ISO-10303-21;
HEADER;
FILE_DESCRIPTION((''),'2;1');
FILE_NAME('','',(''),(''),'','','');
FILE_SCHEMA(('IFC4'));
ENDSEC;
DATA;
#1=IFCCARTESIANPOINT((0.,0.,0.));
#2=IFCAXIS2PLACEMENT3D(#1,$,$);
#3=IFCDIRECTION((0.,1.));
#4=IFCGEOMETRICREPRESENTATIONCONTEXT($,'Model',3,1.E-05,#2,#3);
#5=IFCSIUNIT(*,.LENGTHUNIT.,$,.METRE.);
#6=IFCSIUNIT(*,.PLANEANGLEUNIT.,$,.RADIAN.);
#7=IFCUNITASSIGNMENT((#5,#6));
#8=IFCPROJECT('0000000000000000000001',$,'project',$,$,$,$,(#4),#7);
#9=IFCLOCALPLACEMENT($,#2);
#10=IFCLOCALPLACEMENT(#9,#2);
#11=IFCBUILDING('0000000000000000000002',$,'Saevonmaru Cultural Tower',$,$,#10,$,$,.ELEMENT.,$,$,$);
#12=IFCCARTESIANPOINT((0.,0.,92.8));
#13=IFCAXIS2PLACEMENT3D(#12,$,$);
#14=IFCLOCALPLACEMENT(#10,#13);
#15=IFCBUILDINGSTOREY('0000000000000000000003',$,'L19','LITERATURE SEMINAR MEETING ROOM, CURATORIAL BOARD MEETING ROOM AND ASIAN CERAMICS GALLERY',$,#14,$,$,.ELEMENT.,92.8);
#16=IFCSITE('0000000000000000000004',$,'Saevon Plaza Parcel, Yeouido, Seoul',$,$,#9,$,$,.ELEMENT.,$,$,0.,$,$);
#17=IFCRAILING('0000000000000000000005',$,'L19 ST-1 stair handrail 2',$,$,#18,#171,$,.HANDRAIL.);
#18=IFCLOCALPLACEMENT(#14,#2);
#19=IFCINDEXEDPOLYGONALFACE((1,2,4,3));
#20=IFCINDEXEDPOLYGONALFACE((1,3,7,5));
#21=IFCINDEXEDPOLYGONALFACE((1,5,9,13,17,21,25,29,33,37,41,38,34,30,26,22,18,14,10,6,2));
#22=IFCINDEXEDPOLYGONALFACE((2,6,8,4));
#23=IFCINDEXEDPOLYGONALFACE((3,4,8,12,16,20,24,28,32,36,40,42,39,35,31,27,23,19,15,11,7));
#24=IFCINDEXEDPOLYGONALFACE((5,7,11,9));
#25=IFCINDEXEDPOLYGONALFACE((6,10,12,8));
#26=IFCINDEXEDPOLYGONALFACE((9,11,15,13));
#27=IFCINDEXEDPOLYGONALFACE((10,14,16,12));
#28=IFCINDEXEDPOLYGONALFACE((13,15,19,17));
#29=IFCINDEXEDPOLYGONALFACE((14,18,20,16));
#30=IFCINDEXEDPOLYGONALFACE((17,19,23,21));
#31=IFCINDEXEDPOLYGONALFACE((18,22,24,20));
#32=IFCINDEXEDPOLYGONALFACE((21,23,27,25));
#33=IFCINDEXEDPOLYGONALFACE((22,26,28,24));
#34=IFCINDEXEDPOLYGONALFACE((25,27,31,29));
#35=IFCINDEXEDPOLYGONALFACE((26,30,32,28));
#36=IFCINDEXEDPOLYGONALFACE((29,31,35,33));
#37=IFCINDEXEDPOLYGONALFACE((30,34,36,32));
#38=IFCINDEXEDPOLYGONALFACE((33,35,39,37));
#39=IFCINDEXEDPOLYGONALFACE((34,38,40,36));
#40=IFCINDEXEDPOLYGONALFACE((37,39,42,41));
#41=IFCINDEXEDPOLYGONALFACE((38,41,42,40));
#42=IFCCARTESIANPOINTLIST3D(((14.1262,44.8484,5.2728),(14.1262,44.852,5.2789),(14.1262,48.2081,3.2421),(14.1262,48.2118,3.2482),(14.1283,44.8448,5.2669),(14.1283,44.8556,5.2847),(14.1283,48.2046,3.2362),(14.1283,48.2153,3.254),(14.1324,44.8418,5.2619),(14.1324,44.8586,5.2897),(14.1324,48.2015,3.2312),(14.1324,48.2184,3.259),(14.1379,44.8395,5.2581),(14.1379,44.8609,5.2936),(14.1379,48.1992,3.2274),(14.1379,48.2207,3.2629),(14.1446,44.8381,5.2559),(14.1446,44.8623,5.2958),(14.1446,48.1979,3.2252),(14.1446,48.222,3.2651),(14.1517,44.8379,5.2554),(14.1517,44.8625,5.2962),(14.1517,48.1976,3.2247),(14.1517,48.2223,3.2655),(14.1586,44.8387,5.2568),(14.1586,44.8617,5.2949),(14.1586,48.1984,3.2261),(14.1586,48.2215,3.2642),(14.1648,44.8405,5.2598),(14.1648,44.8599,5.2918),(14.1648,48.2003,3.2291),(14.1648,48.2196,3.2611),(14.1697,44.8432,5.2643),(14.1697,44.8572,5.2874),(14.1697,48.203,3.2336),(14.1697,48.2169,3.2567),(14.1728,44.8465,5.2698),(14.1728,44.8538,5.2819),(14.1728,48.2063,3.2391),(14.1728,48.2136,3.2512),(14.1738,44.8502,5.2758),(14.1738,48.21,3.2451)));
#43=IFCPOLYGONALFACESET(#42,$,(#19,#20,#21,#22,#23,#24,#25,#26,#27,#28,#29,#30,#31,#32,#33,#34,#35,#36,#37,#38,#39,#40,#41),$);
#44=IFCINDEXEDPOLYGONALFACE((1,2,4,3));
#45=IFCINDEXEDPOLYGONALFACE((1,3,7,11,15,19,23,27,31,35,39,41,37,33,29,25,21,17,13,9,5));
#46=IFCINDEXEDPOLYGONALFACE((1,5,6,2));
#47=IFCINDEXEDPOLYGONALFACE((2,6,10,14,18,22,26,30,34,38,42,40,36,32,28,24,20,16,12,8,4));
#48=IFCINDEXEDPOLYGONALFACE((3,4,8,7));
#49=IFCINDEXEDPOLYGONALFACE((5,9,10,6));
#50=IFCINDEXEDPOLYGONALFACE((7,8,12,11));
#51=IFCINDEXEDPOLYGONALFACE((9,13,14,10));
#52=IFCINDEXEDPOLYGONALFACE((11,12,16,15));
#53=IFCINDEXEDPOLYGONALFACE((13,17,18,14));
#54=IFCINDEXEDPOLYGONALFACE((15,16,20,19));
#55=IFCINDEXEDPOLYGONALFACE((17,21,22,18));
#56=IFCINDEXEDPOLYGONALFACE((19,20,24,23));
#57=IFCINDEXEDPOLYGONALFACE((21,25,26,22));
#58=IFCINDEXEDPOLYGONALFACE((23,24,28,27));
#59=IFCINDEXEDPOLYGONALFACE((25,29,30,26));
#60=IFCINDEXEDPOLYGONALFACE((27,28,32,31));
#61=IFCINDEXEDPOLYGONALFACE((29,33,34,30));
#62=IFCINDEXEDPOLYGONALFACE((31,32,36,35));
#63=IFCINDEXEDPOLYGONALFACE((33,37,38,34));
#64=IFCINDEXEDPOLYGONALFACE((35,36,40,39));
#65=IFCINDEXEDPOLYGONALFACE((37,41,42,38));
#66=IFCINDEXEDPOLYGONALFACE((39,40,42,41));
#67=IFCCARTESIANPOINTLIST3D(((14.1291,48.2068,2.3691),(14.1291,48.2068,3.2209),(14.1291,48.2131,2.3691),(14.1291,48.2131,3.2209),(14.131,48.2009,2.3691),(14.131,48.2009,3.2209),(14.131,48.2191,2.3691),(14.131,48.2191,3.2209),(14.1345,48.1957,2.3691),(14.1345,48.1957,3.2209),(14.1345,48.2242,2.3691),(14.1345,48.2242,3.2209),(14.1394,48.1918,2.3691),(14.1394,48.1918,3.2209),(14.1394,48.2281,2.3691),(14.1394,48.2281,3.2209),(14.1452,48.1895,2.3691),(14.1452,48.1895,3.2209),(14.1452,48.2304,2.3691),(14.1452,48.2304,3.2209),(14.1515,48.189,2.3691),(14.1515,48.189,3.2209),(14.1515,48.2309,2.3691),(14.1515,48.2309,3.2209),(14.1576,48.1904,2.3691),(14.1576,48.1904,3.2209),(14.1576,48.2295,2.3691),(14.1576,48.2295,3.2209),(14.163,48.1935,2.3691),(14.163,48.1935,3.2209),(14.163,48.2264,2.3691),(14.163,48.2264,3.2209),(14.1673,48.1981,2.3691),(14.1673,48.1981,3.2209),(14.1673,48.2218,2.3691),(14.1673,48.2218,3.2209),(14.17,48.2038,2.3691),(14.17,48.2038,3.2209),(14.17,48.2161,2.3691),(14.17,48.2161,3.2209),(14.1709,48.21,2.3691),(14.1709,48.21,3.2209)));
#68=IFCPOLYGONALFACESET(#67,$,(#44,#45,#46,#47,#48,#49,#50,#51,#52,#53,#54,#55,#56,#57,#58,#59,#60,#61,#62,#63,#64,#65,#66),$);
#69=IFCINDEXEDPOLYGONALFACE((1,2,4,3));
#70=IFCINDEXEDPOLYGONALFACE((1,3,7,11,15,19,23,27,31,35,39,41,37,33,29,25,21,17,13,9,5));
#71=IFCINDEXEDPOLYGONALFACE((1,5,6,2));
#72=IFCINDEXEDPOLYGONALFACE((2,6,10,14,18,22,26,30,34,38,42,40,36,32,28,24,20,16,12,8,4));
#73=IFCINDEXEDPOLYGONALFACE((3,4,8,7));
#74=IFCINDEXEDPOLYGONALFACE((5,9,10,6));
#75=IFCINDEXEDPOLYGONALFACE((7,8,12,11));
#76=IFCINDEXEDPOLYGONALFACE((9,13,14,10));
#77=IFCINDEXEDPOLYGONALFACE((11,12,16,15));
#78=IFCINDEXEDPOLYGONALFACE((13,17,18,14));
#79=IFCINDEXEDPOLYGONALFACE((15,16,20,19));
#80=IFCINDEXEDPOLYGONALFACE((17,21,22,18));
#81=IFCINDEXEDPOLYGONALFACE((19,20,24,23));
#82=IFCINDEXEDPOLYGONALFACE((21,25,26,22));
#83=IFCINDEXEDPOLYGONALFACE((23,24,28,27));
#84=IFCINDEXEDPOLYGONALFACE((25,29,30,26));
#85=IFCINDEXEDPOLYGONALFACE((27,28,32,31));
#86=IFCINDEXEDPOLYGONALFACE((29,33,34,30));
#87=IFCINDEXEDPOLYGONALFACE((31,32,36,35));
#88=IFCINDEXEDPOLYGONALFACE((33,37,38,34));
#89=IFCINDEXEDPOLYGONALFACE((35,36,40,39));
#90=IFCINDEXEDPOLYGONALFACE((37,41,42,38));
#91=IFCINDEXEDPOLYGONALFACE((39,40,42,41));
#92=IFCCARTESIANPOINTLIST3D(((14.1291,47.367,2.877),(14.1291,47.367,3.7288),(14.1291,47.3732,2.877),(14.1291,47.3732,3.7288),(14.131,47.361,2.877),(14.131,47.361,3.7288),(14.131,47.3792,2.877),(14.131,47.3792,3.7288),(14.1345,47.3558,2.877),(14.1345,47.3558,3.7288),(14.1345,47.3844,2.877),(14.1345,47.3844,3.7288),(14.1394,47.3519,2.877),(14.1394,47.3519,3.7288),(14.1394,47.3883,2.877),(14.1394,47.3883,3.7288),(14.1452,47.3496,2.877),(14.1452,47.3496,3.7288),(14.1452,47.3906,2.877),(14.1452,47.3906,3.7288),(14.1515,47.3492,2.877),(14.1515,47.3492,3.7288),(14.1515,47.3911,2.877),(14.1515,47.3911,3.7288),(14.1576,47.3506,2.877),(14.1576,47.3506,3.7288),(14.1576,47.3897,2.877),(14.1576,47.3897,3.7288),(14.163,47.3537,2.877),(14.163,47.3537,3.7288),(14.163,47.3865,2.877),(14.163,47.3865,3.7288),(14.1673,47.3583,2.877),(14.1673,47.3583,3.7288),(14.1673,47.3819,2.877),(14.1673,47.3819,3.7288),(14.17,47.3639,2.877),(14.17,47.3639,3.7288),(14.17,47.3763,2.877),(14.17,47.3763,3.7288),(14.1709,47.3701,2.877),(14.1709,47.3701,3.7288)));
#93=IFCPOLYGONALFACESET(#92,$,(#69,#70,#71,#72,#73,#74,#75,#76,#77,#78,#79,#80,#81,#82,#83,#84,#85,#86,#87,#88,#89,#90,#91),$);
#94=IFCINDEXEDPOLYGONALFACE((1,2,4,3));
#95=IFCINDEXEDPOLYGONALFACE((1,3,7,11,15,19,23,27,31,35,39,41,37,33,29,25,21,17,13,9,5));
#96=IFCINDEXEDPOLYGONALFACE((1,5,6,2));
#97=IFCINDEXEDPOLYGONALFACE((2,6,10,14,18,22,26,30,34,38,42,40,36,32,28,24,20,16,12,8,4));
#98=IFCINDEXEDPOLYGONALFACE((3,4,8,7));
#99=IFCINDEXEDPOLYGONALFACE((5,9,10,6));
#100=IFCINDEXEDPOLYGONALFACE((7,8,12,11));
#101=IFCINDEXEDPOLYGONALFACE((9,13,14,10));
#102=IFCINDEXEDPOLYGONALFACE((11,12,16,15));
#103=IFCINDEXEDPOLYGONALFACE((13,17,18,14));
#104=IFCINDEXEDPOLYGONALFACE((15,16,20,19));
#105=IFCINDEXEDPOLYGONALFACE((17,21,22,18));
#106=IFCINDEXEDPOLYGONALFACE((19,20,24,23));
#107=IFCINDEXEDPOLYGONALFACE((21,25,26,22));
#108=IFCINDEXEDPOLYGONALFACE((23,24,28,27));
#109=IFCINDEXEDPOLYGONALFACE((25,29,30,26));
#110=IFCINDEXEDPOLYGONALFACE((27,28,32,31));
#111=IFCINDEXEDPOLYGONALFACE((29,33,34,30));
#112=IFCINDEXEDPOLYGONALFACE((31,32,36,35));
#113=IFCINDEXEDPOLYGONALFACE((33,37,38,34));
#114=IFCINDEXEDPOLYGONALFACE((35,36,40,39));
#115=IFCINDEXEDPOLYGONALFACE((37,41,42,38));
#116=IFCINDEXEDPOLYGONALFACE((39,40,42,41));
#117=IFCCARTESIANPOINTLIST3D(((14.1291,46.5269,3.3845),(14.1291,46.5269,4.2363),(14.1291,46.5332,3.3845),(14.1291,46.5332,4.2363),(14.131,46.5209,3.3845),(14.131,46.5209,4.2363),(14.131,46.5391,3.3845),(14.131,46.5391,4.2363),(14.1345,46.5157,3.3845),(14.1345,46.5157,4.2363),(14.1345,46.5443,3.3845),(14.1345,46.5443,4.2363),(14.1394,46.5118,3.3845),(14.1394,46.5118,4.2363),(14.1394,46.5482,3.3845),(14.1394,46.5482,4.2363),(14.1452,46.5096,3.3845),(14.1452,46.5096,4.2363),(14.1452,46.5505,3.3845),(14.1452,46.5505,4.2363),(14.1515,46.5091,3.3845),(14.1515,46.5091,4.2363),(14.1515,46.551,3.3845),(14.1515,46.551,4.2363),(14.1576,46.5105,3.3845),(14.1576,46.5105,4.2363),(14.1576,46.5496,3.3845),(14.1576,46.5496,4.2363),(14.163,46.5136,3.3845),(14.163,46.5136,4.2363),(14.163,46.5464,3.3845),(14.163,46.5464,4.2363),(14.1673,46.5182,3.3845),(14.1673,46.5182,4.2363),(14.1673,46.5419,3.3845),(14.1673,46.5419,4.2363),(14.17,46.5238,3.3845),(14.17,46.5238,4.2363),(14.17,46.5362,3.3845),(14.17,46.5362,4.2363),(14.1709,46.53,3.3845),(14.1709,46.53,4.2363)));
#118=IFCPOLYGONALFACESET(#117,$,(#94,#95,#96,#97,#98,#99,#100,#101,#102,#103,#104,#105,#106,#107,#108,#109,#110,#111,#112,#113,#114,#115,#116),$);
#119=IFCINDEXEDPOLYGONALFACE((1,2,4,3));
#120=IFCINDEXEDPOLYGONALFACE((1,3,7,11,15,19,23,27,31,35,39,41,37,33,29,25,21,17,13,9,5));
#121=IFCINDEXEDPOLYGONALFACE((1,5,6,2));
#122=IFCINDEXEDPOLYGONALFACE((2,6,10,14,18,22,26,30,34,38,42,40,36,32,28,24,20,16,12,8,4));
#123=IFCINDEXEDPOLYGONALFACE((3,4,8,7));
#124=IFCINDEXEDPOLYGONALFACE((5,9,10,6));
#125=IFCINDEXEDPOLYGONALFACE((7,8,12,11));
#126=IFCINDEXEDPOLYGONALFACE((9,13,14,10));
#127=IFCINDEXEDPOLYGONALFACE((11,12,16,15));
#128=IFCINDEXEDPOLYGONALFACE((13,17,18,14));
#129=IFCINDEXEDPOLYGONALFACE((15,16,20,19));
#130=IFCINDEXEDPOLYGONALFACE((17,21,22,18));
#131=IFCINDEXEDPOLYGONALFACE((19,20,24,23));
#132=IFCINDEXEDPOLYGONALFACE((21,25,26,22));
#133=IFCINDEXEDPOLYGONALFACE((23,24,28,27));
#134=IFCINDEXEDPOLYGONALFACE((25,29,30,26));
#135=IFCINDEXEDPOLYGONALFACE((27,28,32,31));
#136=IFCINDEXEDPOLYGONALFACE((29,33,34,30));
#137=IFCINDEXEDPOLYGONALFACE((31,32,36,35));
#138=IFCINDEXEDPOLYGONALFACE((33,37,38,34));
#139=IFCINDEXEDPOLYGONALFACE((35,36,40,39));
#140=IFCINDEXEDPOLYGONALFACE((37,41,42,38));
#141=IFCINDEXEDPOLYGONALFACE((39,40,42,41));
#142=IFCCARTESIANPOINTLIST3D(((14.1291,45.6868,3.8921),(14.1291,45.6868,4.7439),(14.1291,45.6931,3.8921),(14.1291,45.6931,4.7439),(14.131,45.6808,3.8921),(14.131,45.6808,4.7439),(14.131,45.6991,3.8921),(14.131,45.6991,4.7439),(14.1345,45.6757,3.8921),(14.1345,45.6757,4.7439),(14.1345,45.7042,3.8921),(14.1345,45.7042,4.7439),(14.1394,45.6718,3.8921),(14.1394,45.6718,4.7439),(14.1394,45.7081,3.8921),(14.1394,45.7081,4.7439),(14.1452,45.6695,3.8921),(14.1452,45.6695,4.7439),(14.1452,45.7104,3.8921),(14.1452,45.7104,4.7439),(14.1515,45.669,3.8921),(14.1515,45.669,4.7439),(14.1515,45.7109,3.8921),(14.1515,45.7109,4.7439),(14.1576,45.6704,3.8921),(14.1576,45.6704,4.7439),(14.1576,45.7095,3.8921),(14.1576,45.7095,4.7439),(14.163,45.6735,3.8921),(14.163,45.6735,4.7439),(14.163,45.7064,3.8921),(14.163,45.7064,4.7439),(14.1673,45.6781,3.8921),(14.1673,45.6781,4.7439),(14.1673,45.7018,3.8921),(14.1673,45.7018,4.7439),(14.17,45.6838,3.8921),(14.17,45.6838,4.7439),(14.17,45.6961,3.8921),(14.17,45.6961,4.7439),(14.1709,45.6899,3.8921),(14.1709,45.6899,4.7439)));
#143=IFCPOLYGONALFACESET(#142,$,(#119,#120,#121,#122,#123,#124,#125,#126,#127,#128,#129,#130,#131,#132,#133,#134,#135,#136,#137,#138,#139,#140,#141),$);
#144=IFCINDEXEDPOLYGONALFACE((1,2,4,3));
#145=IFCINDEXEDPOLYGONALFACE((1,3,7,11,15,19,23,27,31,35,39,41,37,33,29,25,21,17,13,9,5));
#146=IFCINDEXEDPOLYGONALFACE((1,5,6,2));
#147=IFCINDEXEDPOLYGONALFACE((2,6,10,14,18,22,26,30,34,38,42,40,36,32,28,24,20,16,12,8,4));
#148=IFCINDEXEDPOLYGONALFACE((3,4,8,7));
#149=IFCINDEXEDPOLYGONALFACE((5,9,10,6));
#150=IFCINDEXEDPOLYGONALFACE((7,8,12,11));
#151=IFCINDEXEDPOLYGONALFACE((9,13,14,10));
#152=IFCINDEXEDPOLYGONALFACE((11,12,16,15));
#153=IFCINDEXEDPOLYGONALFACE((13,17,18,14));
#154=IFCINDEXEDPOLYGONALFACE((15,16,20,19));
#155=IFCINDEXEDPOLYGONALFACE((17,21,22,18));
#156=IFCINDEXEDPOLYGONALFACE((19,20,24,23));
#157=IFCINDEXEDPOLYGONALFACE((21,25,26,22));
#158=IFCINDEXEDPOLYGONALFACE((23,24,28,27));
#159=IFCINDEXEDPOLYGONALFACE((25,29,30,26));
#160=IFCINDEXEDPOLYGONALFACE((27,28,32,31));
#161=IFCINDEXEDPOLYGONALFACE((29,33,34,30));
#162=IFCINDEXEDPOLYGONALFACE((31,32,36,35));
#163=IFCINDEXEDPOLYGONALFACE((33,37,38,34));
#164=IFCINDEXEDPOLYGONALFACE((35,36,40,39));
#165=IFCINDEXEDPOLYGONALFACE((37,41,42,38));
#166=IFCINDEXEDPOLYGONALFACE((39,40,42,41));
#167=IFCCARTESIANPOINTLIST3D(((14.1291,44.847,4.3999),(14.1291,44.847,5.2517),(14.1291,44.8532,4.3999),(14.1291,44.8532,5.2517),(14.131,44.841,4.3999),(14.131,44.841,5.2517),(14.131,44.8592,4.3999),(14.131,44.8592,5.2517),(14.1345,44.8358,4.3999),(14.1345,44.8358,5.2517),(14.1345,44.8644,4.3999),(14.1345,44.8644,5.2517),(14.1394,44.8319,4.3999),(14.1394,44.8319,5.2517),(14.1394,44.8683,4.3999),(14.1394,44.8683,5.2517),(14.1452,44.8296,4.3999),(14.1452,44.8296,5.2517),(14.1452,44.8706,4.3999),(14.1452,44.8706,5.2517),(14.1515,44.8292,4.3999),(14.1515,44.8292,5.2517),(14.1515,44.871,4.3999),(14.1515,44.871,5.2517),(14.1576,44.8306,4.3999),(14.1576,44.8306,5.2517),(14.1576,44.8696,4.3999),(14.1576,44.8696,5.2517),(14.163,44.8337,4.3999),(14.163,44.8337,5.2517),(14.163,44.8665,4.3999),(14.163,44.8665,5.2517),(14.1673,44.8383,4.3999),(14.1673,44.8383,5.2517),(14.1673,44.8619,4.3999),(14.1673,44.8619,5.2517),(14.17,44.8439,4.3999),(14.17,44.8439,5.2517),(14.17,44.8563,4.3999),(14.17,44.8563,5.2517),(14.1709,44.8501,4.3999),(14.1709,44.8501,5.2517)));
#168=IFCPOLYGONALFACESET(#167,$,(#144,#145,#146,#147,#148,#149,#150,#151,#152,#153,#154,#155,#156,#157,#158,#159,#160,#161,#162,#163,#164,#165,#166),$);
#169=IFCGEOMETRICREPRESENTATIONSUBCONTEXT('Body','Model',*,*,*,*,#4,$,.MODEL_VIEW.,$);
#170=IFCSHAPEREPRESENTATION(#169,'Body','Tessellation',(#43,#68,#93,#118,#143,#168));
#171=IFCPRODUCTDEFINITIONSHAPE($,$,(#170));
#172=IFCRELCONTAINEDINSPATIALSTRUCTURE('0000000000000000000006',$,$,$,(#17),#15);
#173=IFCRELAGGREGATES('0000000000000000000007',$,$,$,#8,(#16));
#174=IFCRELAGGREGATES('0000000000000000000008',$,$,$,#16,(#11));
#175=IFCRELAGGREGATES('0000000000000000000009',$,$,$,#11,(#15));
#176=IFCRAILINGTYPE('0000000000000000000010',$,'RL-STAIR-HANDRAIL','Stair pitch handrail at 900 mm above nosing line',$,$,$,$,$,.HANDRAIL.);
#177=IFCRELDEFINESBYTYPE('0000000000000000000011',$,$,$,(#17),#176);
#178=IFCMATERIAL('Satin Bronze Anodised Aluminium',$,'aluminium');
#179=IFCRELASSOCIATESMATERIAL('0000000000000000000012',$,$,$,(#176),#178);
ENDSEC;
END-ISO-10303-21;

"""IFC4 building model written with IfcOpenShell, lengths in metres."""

from ifc_helpers import new_model, si_unit, direction, frame, origin, origin_2d, place, context, subcontext, project, spatial, circle, extrude, material, type_object, element, save


model = new_model("IFC4")

# Units and contexts
model_context = context("Model", 3, precision=1e-05, world=origin(), true_north=direction((0.0, 1.0)))
body_context = subcontext(model_context, "Body", "Model", "MODEL_VIEW")
ifc_project = project(units=[si_unit("LENGTHUNIT", "METRE"), si_unit("PLANEANGLEUNIT", "RADIAN")], contexts=[model_context])

# Site, building, storey
site_placement = place(None, origin())
site = spatial("IfcSite", under=ifc_project, at=site_placement, Name="Saevon Plaza Parcel, Yeouido, Seoul", CompositionType="ELEMENT", RefElevation=0.0)
building_placement = place(site_placement, origin())
building = spatial("IfcBuilding", under=site, at=building_placement, Name="Saevonmaru Cultural Tower", CompositionType="ELEMENT")
storey_placement = place(building_placement, frame((0.0, 0.0, 92.8)))
storey = spatial("IfcBuildingStorey", under=building, at=storey_placement, Name="L19", Description="LITERATURE SEMINAR MEETING ROOM, CURATORIAL BOARD MEETING ROOM AND ASIAN CERAMICS GALLERY", CompositionType="ELEMENT", Elevation=92.8)

# Shared definitions
ifc_material_1 = material(Name="Satin Bronze Anodised Aluminium", Category="aluminium")

# Railing
railing_type_1 = type_object("IfcRailingType", Name="RL-STAIR-HANDRAIL", Description="Stair pitch handrail at 900 mm above nosing line", PredefinedType="HANDRAIL", material=ifc_material_1)
railing_1_placement = place(storey_placement, frame((14.1499, 48.21, 2.3691)))
element("IfcRailing", 1, at=railing_1_placement, inside=storey, type_object=railing_type_1, Name="L19 ST-1 stair handrail 2", PredefinedType="HANDRAIL", context=body_context, shape_type="SweptSolid", body=[
    extrude(circle(Radius=0.0239, at=origin_2d()), frame((0.0, 0.0, 0.876), z_axis=(0.0, -0.85582, 0.517273), x_axis=(1.0, 0.0, 0.0)), (0.0, 0.0, 1.0), 3.9258),
    extrude(circle(Radius=0.021, at=origin_2d()), origin(), (0.0, 0.0, 1.0), 0.8518),
    extrude(circle(Radius=0.021, at=origin_2d()), frame((0.0, -0.8398, 0.5078)), (0.0, 0.0, 1.0), 0.8518),
    extrude(circle(Radius=0.021, at=origin_2d()), frame((0.0, -1.6799, 1.0154)), (0.0, 0.0, 1.0), 0.8518),
    extrude(circle(Radius=0.021, at=origin_2d()), frame((0.0, -2.52, 1.5229)), (0.0, 0.0, 1.0), 0.8518),
    extrude(circle(Radius=0.021, at=origin_2d()), frame((0.0, -3.3599, 2.0308)), (0.0, 0.0, 1.0), 0.8518),
])

save(model, "model.ifc")
